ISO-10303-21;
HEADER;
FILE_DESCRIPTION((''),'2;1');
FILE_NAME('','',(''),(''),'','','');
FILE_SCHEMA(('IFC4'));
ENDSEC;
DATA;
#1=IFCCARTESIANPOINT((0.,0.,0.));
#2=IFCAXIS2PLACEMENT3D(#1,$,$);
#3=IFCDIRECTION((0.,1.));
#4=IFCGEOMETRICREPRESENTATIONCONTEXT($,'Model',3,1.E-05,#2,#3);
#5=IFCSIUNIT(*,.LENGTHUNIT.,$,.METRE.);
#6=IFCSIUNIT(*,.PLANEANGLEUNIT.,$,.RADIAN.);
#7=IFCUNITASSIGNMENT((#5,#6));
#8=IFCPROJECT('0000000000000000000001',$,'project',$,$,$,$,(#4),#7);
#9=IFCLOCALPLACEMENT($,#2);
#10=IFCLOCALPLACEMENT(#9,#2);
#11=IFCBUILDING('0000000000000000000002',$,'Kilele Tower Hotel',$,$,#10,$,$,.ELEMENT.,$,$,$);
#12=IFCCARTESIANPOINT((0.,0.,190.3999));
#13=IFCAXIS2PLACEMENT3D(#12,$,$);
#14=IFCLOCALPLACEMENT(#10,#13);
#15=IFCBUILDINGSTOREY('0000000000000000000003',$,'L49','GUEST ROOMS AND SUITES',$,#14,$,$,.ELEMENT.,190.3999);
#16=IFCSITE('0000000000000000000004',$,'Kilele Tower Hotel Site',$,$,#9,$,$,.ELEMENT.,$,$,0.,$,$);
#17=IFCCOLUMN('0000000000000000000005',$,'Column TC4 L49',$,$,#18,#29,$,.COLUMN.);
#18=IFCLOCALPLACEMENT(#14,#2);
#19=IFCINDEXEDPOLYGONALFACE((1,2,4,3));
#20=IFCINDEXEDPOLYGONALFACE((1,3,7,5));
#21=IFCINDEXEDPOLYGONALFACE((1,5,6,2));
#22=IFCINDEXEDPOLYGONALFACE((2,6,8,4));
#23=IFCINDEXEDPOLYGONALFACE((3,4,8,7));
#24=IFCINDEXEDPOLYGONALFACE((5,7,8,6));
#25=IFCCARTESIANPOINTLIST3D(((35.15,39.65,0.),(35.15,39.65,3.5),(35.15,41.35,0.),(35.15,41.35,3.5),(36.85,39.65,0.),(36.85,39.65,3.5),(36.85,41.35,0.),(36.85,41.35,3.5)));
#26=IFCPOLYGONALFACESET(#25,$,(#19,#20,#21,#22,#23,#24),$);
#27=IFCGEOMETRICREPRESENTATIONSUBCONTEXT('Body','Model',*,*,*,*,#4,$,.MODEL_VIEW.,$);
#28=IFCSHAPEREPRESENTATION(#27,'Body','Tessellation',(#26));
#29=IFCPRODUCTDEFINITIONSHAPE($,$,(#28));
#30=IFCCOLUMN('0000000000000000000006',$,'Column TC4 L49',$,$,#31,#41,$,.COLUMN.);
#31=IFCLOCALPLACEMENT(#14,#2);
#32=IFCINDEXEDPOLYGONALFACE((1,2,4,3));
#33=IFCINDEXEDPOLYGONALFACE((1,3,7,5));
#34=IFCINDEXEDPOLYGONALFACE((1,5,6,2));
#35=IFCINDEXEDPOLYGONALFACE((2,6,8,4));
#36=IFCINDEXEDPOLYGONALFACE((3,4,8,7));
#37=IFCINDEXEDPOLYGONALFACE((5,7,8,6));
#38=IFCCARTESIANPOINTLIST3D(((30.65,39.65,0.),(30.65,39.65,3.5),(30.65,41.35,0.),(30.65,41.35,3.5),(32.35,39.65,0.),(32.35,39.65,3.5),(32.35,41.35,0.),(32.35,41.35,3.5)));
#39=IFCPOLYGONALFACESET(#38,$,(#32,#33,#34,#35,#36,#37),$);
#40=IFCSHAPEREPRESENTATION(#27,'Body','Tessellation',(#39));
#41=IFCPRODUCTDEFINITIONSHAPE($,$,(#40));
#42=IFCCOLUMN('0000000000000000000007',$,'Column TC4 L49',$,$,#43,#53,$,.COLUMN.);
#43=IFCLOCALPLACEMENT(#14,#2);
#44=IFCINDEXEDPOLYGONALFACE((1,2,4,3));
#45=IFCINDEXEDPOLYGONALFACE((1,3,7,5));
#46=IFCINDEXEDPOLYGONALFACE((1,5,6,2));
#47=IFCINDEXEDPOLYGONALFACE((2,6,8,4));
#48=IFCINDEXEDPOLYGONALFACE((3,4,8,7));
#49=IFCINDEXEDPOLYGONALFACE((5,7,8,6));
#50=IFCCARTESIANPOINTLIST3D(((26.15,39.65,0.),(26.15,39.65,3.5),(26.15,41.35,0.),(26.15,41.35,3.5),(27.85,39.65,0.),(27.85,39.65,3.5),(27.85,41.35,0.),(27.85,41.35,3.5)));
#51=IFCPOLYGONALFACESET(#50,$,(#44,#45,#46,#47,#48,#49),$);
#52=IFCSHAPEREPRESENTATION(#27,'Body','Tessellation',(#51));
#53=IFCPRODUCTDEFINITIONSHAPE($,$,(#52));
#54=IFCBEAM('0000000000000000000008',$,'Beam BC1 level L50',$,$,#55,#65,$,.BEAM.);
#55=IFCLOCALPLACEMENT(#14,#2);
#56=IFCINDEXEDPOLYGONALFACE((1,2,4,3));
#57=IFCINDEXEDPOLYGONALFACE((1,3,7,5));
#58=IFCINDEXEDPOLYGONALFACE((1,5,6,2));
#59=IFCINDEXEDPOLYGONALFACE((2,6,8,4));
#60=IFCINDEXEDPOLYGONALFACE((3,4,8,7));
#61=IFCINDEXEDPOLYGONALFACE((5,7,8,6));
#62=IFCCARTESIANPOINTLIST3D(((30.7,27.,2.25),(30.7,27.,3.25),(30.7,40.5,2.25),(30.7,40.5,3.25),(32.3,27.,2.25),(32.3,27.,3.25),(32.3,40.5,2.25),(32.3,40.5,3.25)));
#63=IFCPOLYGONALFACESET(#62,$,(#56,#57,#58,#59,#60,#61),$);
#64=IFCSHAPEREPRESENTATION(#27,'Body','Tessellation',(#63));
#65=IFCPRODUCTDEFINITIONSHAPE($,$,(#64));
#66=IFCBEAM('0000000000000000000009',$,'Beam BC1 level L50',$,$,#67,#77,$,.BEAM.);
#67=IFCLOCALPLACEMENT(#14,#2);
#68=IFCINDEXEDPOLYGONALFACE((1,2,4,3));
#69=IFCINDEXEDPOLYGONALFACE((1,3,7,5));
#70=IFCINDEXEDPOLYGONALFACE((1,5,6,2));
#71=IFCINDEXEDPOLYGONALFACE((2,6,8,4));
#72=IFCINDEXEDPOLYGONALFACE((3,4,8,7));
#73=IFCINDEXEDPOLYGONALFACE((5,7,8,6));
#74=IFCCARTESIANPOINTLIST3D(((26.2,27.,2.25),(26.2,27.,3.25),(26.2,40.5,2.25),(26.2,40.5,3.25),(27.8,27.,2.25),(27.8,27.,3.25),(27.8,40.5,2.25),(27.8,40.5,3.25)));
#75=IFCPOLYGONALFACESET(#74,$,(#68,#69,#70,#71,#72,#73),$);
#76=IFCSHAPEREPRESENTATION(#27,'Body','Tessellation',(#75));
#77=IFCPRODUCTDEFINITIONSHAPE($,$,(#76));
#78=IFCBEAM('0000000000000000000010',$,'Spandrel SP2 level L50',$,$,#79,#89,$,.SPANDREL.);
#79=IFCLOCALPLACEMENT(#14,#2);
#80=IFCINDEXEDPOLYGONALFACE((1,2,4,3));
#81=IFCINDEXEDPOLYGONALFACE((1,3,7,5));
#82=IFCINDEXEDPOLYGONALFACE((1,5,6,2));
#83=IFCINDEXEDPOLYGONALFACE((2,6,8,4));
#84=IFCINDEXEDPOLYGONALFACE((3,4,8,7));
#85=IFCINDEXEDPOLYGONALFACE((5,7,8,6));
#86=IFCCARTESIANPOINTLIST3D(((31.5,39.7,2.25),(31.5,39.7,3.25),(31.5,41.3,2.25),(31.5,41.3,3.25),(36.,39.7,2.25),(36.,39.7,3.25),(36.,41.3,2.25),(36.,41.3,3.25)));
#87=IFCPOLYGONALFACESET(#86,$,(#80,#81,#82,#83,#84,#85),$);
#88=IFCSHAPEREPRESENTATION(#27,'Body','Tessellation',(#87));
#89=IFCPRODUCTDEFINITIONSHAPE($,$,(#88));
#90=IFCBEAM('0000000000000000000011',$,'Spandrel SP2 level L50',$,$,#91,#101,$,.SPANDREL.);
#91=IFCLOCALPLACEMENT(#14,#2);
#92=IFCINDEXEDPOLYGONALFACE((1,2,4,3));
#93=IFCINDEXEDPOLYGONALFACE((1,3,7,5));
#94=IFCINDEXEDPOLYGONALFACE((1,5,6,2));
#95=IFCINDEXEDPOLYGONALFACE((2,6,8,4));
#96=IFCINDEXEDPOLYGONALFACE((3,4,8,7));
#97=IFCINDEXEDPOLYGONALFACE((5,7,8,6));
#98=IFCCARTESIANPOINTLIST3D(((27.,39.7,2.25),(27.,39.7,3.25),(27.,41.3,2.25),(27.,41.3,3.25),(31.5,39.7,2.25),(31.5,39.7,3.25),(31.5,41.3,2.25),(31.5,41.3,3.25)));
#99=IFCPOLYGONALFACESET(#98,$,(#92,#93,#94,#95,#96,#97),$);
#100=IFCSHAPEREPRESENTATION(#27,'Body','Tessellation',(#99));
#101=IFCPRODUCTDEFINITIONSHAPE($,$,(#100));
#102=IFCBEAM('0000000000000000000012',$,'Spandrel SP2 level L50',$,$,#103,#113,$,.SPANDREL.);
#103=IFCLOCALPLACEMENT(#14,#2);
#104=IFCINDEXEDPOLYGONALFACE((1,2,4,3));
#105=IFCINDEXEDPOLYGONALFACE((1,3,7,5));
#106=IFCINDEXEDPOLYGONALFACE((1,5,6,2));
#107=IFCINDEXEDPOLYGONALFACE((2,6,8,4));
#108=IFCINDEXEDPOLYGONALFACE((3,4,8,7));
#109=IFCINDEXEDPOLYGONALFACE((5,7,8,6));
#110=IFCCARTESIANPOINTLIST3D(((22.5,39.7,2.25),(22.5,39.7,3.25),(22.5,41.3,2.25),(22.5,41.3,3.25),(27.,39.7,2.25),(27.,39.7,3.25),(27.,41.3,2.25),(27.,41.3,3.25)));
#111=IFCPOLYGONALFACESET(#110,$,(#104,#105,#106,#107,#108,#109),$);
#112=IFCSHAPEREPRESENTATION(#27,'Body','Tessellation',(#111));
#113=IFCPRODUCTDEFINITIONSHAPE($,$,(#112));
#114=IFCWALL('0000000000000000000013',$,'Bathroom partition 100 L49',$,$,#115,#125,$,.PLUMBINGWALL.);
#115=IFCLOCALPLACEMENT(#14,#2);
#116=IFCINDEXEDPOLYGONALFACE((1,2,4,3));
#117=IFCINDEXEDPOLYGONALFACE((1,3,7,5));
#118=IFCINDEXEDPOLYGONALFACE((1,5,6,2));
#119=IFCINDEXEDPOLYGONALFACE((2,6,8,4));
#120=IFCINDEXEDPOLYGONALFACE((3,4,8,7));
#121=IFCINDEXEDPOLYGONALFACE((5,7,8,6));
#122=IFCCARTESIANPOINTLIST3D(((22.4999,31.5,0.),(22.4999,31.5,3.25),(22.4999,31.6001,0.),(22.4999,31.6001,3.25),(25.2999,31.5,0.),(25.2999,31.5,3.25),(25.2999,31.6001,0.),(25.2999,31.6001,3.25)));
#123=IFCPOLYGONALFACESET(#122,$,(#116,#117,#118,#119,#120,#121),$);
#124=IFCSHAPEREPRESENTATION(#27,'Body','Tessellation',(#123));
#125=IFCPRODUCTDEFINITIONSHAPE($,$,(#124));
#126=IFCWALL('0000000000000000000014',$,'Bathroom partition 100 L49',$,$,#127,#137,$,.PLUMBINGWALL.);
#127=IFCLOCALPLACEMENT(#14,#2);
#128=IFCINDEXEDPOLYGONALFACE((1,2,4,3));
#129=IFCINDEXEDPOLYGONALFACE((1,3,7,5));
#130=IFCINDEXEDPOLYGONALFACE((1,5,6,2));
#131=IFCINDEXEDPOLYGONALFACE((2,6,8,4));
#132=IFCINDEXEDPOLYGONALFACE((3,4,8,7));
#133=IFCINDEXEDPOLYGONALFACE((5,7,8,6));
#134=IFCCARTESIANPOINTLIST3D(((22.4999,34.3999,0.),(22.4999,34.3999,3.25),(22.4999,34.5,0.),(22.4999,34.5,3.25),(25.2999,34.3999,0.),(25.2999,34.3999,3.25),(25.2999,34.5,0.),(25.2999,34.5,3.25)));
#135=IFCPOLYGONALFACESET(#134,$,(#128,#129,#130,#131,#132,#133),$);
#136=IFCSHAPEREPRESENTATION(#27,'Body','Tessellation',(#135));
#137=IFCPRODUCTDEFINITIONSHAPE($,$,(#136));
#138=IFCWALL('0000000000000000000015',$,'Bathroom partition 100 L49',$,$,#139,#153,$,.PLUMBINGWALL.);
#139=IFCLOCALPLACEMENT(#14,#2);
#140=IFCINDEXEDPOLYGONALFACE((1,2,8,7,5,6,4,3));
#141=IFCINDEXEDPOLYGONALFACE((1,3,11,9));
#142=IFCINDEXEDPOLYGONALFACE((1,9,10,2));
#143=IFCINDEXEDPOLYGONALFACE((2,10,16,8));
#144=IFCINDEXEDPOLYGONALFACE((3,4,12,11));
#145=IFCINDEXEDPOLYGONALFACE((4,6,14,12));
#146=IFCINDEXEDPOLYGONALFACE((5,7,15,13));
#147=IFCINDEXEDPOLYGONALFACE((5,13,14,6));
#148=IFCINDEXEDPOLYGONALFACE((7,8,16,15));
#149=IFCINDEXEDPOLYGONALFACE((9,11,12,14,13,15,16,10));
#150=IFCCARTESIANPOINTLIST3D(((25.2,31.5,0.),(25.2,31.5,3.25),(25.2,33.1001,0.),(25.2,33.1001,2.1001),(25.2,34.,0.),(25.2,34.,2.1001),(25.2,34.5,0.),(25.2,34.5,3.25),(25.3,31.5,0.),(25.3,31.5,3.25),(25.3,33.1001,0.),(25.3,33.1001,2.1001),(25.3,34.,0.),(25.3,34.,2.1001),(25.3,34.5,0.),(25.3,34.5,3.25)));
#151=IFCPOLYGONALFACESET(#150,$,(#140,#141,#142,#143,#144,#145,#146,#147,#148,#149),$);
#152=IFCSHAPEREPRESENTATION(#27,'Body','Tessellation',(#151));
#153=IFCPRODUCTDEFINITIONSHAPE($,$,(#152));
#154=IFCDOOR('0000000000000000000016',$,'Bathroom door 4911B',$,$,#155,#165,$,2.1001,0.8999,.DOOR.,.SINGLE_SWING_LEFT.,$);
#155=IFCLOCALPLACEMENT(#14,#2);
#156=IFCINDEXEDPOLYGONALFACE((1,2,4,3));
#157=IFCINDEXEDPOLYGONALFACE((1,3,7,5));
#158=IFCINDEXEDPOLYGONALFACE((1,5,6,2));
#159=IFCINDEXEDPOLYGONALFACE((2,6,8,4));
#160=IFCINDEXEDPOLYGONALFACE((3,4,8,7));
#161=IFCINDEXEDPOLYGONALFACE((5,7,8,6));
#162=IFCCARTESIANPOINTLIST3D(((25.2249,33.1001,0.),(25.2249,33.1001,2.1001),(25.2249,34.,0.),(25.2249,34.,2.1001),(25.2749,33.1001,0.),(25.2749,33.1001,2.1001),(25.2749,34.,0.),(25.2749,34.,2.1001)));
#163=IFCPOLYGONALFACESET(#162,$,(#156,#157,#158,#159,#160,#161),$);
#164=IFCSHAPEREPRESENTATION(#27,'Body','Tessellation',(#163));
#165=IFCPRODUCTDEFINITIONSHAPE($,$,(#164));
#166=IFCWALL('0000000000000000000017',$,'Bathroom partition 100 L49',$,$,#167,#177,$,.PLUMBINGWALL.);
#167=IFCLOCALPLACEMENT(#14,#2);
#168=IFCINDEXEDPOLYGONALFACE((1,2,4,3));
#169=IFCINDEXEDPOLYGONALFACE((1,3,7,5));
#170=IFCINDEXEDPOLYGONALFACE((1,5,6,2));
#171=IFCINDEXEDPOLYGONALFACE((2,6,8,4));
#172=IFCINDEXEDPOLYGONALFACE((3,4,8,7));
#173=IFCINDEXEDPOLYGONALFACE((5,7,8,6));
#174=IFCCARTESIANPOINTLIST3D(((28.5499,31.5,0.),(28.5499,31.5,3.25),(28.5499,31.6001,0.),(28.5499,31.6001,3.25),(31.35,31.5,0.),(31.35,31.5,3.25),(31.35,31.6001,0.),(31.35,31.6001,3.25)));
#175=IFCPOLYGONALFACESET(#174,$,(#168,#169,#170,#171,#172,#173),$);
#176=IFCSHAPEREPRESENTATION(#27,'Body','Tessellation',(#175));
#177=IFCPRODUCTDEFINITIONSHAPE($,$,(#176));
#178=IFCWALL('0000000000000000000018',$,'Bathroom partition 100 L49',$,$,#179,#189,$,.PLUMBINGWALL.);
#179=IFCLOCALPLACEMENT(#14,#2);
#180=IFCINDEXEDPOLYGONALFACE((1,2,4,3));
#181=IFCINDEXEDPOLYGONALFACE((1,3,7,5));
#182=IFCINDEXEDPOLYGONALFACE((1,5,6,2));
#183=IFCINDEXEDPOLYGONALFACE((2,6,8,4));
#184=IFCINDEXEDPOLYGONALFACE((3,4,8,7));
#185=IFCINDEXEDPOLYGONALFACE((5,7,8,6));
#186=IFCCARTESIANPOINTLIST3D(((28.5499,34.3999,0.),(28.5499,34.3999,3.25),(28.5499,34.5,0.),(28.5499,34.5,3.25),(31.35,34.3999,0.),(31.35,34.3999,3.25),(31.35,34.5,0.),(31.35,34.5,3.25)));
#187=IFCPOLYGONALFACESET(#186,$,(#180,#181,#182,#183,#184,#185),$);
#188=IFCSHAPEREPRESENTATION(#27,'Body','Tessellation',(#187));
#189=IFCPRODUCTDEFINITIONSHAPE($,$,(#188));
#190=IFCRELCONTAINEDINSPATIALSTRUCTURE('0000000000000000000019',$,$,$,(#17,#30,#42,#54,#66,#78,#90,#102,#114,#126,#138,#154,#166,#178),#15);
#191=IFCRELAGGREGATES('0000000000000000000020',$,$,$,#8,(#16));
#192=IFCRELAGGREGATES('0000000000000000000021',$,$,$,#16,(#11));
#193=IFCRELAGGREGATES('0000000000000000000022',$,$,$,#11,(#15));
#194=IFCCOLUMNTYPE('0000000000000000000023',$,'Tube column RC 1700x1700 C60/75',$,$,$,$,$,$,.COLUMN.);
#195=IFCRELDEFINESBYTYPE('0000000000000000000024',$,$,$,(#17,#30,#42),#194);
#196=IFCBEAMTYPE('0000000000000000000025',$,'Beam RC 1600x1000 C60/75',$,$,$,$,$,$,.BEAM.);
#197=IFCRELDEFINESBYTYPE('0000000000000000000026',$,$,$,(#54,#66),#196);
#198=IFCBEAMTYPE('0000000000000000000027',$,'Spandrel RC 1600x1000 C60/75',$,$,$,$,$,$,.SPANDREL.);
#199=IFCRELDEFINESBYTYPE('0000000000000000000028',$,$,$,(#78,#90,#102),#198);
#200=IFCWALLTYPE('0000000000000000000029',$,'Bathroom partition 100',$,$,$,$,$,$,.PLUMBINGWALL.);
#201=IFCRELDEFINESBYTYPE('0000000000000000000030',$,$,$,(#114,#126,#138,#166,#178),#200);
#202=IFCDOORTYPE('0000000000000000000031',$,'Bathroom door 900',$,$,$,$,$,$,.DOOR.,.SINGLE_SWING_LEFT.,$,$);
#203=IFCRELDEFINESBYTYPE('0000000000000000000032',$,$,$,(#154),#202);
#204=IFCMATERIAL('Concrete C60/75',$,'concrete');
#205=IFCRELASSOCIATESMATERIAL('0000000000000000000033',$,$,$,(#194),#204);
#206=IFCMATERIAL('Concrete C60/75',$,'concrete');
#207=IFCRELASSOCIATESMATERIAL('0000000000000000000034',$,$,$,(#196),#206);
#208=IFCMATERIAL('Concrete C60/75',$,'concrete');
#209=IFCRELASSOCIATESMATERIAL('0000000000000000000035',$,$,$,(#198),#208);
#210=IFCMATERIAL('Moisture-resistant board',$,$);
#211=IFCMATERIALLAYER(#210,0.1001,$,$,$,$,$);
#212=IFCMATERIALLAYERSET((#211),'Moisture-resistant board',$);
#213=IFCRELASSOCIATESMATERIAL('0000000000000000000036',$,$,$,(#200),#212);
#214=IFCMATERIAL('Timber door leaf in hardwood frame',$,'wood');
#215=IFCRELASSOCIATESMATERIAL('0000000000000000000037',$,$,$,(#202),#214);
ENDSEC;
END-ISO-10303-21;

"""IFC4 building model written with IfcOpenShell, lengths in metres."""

from ifc_helpers import new_model, si_unit, direction, frame, frame_2d, origin, origin_2d, place, context, subcontext, project, spatial, rectangle, extrude, material, layer, layer_set, material_profile, profile_set, type_object, element, fill, save


model = new_model("IFC4")

# Units and contexts
model_context = context("Model", 3, precision=1e-05, world=origin(), true_north=direction((0.0, 1.0)))
body_context = subcontext(model_context, "Body", "Model", "MODEL_VIEW")
ifc_project = project(units=[si_unit("LENGTHUNIT", "METRE"), si_unit("PLANEANGLEUNIT", "RADIAN")], contexts=[model_context])

# Site, building, storey
site_placement = place(None, origin())
site = spatial("IfcSite", under=ifc_project, at=site_placement, Name="Kilele Tower Hotel Site", CompositionType="ELEMENT", RefElevation=0.0)
building_placement = place(site_placement, origin())
building = spatial("IfcBuilding", under=site, at=building_placement, Name="Kilele Tower Hotel", CompositionType="ELEMENT")
storey_placement = place(building_placement, frame((0.0, 0.0, 190.3999)))
storey = spatial("IfcBuildingStorey", under=building, at=storey_placement, Name="L49", Description="GUEST ROOMS AND SUITES", CompositionType="ELEMENT", Elevation=190.3999)

# Columns
ifc_material_1 = material(Name="Concrete C60/75", Category="concrete")
ifc_material_profile_1 = material_profile(ifc_material_1, rectangle(XDim=1.7, YDim=1.7, at=origin_2d()))
ifc_profile_set_1 = profile_set([ifc_material_profile_1], Name="Concrete C60/75")
column_type = type_object("IfcColumnType", Name="Tube column RC 1700x1700 C60/75", PredefinedType="COLUMN", material=ifc_profile_set_1)
for number, where, z_axis, x_axis, name in (
    (1, (36.0, 40.5, 0.0), (0.0, 0.0, 1.0), (1.0, 0.0, 0.0), "Column TC4 L49"),
    (2, (31.5, 40.5, 0.0), (0.0, 0.0, 1.0), (1.0, 0.0, 0.0), "Column TC4 L49"),
    (3, (27.0, 40.5, 0.0), (0.0, 0.0, 1.0), (1.0, 0.0, 0.0), "Column TC4 L49"),
):
    element("IfcColumn", number, at=place(storey_placement, frame(where, z_axis=z_axis, x_axis=x_axis)), inside=storey, type_object=column_type, Name=name, PredefinedType="COLUMN", context=body_context, shape_type="SweptSolid", body=[
        extrude(rectangle(XDim=1.7, YDim=1.7, at=origin_2d()), origin(), (0.0, 0.0, 1.0), 3.5),
    ])

# Beams
ifc_material_2 = material(Name="Concrete C60/75", Category="concrete")
ifc_material_profile_2 = material_profile(ifc_material_2, rectangle(XDim=1.6001, YDim=1.0, at=origin_2d()))
ifc_profile_set_2 = profile_set([ifc_material_profile_2], Name="Concrete C60/75")
beam_type_1 = type_object("IfcBeamType", Name="Beam RC 1600x1000 C60/75", PredefinedType="BEAM", material=ifc_profile_set_2)
for number, where, z_axis, x_axis, name in (
    (4, (31.5, 40.5, 2.75), (0.0, -1.0, 0.0), (1.0, 0.0, 0.0), "Beam BC1 level L50"),
    (5, (27.0, 40.5, 2.75), (0.0, -1.0, 0.0), (1.0, 0.0, 0.0), "Beam BC1 level L50"),
):
    element("IfcBeam", number, at=place(storey_placement, frame(where, z_axis=z_axis, x_axis=x_axis)), inside=storey, type_object=beam_type_1, Name=name, PredefinedType="BEAM", context=body_context, shape_type="SweptSolid", body=[
        extrude(rectangle(XDim=1.6001, YDim=1.0, at=origin_2d()), origin(), (0.0, 0.0, 1.0), 13.5),
    ])
ifc_material_3 = material(Name="Concrete C60/75", Category="concrete")
ifc_material_profile_3 = material_profile(ifc_material_3, rectangle(XDim=1.6001, YDim=1.0, at=origin_2d()))
ifc_profile_set_3 = profile_set([ifc_material_profile_3], Name="Concrete C60/75")
beam_type_2 = type_object("IfcBeamType", Name="Spandrel RC 1600x1000 C60/75", PredefinedType="SPANDREL", material=ifc_profile_set_3)
for number, where, z_axis, x_axis, name in (
    (6, (36.0, 40.5, 2.75), (-1.0, 0.0, 0.0), (0.0, -1.0, 0.0), "Spandrel SP2 level L50"),
    (7, (31.5, 40.5, 2.75), (-1.0, 0.0, 0.0), (0.0, -1.0, 0.0), "Spandrel SP2 level L50"),
    (8, (27.0, 40.5, 2.75), (-1.0, 0.0, 0.0), (0.0, -1.0, 0.0), "Spandrel SP2 level L50"),
):
    element("IfcBeam", number, at=place(storey_placement, frame(where, z_axis=z_axis, x_axis=x_axis)), inside=storey, type_object=beam_type_2, Name=name, PredefinedType="SPANDREL", context=body_context, shape_type="SweptSolid", body=[
        extrude(rectangle(XDim=1.6001, YDim=1.0, at=origin_2d()), origin(), (0.0, 0.0, 1.0), 4.5),
    ])

# Walls
ifc_material_4 = material(Name="Moisture-resistant board")
ifc_layer_1 = layer(ifc_material_4, 0.1001)
ifc_layer_set_1 = layer_set([ifc_layer_1], Name="Moisture-resistant board")
wall_type_1 = type_object("IfcWallType", Name="Bathroom partition 100", PredefinedType="PLUMBINGWALL", material=ifc_layer_set_1)
for number, where, z_axis, x_axis, name in (
    (9, (22.5, 31.55, 0.0), (0.0, 0.0, 1.0), (1.0, 0.0, 0.0), "Bathroom partition 100 L49"),
    (10, (22.5, 34.45, 0.0), (0.0, 0.0, 1.0), (1.0, 0.0, 0.0), "Bathroom partition 100 L49"),
):
    element("IfcWall", number, at=place(storey_placement, frame(where, z_axis=z_axis, x_axis=x_axis)), inside=storey, type_object=wall_type_1, Name=name, PredefinedType="PLUMBINGWALL", context=body_context, shape_type="SweptSolid", body=[
        extrude(rectangle(XDim=2.8, YDim=0.1001, at=frame_2d((1.3999, 0.0))), origin(), (0.0, 0.0, 1.0), 3.25),
    ])

# Wall, opening, door
wall_1_placement = place(storey_placement, frame((25.25, 31.5, 0.0), z_axis=(0.0, 0.0, 1.0), x_axis=(0.0, 1.0, 0.0)))
wall_1 = element("IfcWall", 11, at=wall_1_placement, inside=storey, type_object=wall_type_1, Name="Bathroom partition 100 L49", PredefinedType="PLUMBINGWALL", context=body_context, shape_type="SweptSolid", body=[
    extrude(rectangle(XDim=3.0, YDim=0.1001, at=frame_2d((1.5, 0.0))), origin(), (0.0, 0.0, 1.0), 3.25),
])
opening_1_placement = place(wall_1_placement, frame((2.5, 0.0, 0.0), z_axis=(0.0, 0.0, 1.0), x_axis=(-1.0, 0.0, 0.0)))
opening_1 = element("IfcOpeningElement", 12, at=opening_1_placement, cuts=wall_1, PredefinedType="OPENING", context=body_context, shape_type="SweptSolid", body=[
    extrude(rectangle(XDim=0.8999, YDim=2.1001, at=frame_2d((0.45, 1.05))), frame((0.0, 0.0601, 0.0), z_axis=(0.0, -1.0, 0.0), x_axis=(1.0, 0.0, 0.0)), (0.0, 0.0, 1.0), 0.1201),
])
ifc_material_5 = material(Name="Timber door leaf in hardwood frame", Category="wood")
door_type_1 = type_object("IfcDoorType", Name="Bathroom door 900", OperationType="SINGLE_SWING_LEFT", PredefinedType="DOOR", material=ifc_material_5)
door_1_placement = place(opening_1_placement, origin())
door_1 = element("IfcDoor", 13, at=door_1_placement, inside=storey, type_object=door_type_1, Name="Bathroom door 4911B", OperationType="SINGLE_SWING_LEFT", OverallHeight=2.1001, OverallWidth=0.8999, PredefinedType="DOOR", context=body_context, shape_type="SweptSolid", body=[
    extrude(rectangle(XDim=0.8999, YDim=2.1001, at=frame_2d((0.45, 1.05))), frame((0.0, 0.0249, 0.0), z_axis=(0.0, -1.0, 0.0), x_axis=(1.0, 0.0, 0.0)), (0.0, 0.0, 1.0), 0.05),
])
fill(opening_1, door_1)

# Walls
for number, where, z_axis, x_axis, name in (
    (14, (28.55, 31.55, 0.0), (0.0, 0.0, 1.0), (1.0, 0.0, 0.0), "Bathroom partition 100 L49"),
    (15, (28.55, 34.45, 0.0), (0.0, 0.0, 1.0), (1.0, 0.0, 0.0), "Bathroom partition 100 L49"),
):
    element("IfcWall", number, at=place(storey_placement, frame(where, z_axis=z_axis, x_axis=x_axis)), inside=storey, type_object=wall_type_1, Name=name, PredefinedType="PLUMBINGWALL", context=body_context, shape_type="SweptSolid", body=[
        extrude(rectangle(XDim=2.8, YDim=0.1001, at=frame_2d((1.3999, 0.0))), origin(), (0.0, 0.0, 1.0), 3.25),
    ])

save(model, "model.ifc")
